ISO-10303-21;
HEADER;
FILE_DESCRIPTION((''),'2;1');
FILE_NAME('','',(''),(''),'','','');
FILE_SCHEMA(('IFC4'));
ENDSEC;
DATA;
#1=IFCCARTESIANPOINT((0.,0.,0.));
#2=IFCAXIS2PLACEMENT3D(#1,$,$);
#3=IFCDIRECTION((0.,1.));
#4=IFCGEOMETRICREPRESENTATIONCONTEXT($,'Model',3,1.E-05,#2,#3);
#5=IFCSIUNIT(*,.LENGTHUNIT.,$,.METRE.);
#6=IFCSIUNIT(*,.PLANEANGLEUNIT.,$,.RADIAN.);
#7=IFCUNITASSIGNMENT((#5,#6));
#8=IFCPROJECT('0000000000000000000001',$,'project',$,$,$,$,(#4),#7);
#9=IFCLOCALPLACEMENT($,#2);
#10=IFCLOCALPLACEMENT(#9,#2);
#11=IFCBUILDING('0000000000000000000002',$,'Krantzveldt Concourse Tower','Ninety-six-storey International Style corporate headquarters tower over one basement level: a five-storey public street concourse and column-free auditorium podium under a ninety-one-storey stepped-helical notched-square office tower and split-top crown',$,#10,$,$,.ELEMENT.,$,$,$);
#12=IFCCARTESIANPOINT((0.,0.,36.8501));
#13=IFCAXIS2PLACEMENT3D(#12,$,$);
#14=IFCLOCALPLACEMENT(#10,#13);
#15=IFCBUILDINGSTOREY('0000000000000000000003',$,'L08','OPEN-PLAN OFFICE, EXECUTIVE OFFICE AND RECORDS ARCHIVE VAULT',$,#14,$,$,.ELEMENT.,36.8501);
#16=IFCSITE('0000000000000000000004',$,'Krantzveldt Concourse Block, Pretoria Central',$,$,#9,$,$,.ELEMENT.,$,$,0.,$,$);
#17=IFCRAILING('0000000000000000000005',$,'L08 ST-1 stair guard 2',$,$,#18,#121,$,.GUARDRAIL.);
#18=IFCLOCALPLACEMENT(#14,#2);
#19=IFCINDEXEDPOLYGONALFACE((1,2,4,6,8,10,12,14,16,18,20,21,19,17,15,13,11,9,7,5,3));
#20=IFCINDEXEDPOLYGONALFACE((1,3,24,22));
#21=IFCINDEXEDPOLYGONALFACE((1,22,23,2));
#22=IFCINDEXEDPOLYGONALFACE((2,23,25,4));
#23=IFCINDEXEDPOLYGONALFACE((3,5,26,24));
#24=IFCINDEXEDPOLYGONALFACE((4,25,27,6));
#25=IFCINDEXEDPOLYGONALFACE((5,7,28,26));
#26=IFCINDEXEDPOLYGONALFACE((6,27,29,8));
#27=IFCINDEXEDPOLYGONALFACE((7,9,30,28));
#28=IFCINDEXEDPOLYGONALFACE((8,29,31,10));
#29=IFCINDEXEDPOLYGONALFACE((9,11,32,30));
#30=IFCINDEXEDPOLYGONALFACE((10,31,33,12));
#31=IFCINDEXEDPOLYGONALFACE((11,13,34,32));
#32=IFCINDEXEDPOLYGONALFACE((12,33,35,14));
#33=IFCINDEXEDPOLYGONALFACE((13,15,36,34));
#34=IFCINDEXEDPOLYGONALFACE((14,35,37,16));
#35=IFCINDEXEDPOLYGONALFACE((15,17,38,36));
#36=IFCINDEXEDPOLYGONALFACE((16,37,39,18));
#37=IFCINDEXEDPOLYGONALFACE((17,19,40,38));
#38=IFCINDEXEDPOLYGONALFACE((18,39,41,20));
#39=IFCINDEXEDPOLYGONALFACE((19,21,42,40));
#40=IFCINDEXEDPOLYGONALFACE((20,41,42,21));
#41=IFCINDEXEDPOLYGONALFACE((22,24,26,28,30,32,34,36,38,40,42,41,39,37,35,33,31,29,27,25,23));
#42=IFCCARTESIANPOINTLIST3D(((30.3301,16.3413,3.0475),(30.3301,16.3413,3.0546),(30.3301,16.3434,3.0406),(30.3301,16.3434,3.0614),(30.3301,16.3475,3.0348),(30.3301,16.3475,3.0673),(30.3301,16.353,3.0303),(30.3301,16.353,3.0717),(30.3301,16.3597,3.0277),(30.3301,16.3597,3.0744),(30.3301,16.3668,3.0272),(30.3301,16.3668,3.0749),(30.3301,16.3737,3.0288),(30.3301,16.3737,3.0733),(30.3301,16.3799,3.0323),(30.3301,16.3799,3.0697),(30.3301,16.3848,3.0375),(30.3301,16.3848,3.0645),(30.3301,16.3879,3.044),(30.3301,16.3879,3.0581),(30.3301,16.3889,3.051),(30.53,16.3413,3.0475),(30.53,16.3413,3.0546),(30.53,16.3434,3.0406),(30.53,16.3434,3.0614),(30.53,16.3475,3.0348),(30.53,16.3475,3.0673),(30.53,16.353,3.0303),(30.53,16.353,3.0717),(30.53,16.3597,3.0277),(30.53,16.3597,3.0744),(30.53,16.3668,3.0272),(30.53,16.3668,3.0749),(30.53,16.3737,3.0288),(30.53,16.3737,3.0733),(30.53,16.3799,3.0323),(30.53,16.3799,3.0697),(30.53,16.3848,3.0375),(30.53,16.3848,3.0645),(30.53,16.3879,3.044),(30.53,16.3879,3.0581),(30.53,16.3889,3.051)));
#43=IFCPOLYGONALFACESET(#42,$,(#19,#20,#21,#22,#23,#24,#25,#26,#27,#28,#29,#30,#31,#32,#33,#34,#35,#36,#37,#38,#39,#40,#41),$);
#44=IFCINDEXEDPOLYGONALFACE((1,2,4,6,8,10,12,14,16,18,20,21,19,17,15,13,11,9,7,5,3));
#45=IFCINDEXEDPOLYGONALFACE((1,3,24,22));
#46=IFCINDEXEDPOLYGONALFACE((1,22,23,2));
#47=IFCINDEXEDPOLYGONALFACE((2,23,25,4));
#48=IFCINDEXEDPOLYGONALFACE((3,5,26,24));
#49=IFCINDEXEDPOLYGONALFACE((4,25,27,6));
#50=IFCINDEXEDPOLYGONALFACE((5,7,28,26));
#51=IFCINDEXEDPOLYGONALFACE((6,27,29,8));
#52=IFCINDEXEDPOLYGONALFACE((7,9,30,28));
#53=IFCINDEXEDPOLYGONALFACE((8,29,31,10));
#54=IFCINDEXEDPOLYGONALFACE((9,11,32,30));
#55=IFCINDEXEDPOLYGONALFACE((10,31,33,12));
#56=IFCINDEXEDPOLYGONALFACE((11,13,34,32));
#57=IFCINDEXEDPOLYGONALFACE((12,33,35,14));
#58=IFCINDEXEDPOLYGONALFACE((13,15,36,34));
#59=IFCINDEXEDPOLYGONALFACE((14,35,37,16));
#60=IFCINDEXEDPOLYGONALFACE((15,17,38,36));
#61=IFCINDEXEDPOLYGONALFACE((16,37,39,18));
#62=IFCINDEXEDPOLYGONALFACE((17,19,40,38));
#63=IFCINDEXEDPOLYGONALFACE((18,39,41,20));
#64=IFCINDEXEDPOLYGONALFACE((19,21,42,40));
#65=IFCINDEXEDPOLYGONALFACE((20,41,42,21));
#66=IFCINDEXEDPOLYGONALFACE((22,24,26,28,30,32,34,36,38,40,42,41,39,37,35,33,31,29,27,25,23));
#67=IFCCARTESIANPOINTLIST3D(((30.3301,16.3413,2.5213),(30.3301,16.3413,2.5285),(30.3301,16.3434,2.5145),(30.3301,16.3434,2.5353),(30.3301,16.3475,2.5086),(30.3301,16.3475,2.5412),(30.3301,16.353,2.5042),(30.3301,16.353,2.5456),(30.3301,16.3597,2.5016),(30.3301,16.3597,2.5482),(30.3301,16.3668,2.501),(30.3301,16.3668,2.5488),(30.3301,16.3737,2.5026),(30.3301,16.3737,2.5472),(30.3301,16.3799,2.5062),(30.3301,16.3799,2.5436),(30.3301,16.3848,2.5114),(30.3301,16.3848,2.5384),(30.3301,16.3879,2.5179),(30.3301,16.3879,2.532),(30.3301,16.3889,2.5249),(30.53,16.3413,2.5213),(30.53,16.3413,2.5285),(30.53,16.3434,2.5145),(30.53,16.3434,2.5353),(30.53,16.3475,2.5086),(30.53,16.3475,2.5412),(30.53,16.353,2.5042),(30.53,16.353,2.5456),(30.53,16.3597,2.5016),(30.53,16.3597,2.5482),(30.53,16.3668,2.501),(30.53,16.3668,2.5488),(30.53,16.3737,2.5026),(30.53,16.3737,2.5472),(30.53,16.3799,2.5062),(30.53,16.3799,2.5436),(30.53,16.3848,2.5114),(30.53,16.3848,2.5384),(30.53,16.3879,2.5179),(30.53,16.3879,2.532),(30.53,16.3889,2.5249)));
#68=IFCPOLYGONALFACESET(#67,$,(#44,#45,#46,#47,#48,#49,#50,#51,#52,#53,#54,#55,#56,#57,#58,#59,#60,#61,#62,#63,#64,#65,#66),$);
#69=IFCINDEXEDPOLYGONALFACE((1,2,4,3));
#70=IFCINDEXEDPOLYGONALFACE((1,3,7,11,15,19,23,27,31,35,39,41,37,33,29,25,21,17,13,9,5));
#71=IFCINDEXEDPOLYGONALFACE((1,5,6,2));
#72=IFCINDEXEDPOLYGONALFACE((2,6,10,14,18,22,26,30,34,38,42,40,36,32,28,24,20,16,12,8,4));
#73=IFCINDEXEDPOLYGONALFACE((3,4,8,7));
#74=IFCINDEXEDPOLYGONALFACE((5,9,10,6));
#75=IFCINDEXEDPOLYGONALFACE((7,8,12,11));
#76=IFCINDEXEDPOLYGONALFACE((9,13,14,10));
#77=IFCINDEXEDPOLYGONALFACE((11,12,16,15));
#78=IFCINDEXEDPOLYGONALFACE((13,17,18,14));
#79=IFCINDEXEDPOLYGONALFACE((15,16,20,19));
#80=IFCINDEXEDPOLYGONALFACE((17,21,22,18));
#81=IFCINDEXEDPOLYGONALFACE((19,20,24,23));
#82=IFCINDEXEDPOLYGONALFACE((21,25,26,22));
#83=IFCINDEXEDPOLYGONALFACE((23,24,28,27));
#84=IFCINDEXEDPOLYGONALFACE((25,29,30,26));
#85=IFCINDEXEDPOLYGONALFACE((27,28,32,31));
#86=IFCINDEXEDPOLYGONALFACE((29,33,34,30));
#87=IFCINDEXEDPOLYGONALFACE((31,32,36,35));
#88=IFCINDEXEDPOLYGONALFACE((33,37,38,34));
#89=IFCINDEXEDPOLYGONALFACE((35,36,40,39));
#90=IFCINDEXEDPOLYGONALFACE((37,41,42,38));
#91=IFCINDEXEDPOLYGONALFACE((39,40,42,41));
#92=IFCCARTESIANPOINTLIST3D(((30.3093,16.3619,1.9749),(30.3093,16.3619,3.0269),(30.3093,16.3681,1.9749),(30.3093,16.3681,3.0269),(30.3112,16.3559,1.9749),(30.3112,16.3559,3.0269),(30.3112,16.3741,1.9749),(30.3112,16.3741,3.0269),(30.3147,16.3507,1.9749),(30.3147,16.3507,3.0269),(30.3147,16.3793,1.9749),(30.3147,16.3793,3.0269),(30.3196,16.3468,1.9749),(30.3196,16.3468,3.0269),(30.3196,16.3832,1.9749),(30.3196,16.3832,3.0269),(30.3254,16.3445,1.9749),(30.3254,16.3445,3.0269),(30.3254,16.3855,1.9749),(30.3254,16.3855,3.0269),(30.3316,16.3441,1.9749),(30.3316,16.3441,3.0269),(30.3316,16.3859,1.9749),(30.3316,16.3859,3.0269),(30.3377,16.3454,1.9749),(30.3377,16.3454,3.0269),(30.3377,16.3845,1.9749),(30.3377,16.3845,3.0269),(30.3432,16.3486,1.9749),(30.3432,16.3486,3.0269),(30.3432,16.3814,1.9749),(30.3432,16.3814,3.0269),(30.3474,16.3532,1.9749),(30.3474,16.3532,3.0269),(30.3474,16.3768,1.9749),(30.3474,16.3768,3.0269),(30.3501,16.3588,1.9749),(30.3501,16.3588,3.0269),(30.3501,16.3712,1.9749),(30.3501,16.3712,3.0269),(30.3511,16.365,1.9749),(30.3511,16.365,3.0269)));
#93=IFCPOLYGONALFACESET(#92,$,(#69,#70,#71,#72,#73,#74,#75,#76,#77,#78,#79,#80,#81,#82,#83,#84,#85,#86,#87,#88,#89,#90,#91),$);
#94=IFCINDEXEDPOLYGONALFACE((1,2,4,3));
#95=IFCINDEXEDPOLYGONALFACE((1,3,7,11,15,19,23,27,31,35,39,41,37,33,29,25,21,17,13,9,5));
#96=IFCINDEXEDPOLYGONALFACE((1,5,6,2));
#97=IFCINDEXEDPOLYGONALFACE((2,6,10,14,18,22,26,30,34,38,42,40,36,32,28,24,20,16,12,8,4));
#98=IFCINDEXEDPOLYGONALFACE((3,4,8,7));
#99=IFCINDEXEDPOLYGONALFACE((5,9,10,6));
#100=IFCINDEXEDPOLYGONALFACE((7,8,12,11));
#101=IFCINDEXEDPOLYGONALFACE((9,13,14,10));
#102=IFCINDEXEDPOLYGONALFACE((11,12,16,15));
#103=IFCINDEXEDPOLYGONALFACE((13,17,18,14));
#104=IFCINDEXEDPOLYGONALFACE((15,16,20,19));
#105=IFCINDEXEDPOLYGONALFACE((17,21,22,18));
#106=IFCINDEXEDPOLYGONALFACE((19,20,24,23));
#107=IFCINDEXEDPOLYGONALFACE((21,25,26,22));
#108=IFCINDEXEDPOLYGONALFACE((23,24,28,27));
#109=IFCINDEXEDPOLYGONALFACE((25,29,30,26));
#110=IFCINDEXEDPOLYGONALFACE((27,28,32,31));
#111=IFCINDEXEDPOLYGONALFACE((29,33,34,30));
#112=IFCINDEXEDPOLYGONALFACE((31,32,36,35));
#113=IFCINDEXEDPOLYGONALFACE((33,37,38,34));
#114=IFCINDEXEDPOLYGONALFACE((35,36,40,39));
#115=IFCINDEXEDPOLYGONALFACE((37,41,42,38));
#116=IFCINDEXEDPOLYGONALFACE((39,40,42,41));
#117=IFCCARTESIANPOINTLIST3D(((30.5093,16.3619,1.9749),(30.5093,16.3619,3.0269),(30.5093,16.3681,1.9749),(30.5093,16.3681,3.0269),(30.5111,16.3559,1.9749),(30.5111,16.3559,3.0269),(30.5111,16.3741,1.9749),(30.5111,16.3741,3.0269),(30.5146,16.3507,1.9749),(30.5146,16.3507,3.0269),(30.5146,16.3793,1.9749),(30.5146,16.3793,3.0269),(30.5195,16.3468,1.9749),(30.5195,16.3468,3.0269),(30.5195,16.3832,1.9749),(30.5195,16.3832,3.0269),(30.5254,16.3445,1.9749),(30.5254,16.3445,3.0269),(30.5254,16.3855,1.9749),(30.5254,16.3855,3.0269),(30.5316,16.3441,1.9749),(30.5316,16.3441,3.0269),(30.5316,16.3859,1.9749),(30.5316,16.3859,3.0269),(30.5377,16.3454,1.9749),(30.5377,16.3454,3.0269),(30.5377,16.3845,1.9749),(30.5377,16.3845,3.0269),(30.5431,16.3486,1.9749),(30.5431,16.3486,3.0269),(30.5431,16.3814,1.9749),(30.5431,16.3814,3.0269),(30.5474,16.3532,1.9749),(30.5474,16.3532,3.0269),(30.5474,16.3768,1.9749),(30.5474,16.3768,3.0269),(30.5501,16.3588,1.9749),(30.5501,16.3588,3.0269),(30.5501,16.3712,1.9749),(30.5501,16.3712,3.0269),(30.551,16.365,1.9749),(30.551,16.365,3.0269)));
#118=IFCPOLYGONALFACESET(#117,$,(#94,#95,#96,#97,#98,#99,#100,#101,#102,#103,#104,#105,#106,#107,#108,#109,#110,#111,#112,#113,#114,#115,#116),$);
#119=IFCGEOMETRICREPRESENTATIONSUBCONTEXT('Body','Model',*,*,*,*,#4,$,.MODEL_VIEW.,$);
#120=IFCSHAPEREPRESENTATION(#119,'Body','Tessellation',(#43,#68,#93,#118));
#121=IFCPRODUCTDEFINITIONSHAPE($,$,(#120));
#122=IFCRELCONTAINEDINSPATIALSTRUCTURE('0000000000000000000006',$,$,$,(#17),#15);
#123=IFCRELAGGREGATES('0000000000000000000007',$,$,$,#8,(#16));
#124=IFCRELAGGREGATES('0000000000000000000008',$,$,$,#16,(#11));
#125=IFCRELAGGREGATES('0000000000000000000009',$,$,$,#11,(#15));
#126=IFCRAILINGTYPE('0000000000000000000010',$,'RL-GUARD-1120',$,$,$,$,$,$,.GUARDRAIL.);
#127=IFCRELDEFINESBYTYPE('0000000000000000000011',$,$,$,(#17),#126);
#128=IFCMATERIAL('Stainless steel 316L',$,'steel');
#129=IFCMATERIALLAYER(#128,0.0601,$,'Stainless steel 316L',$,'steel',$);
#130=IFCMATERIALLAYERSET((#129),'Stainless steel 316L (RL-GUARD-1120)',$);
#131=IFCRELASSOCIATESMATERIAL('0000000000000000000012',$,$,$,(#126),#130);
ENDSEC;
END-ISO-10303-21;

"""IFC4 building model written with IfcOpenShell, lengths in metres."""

from ifc_helpers import new_model, si_unit, direction, frame, origin, origin_2d, place, context, subcontext, project, spatial, circle, extrude, material, layer, layer_set, type_object, element, save


model = new_model("IFC4")

# Units and contexts
model_context = context("Model", 3, precision=1e-05, world=origin(), true_north=direction((0.0, 1.0)))
body_context = subcontext(model_context, "Body", "Model", "MODEL_VIEW")
ifc_project = project(units=[si_unit("LENGTHUNIT", "METRE"), si_unit("PLANEANGLEUNIT", "RADIAN")], contexts=[model_context])

# Site, building, storey
site_placement = place(None, origin())
site = spatial("IfcSite", under=ifc_project, at=site_placement, Name="Krantzveldt Concourse Block, Pretoria Central", CompositionType="ELEMENT", RefElevation=0.0)
building_placement = place(site_placement, origin())
building = spatial("IfcBuilding", under=site, at=building_placement, Name="Krantzveldt Concourse Tower", Description="Ninety-six-storey International Style corporate headquarters tower over one basement level: a five-storey public street concourse and column-free auditorium podium under a ninety-one-storey stepped-helical notched-square office tower and split-top crown", CompositionType="ELEMENT")
storey_placement = place(building_placement, frame((0.0, 0.0, 36.8501)))
storey = spatial("IfcBuildingStorey", under=building, at=storey_placement, Name="L08", Description="OPEN-PLAN OFFICE, EXECUTIVE OFFICE AND RECORDS ARCHIVE VAULT", CompositionType="ELEMENT", Elevation=36.8501)

# Railing
ifc_material_1 = material(Name="Stainless steel 316L", Category="steel")
ifc_layer_1 = layer(ifc_material_1, 0.0601, Name="Stainless steel 316L", Category="steel")
ifc_layer_set_1 = layer_set([ifc_layer_1], Name="Stainless steel 316L (RL-GUARD-1120)")
railing_type_1 = type_object("IfcRailingType", Name="RL-GUARD-1120", PredefinedType="GUARDRAIL", material=ifc_layer_set_1)
railing_1_placement = place(storey_placement, frame((30.3301, 16.365, 1.9749)))
element("IfcRailing", 1, at=railing_1_placement, inside=storey, type_object=railing_type_1, Name="L08 ST-1 stair guard 2", PredefinedType="GUARDRAIL", context=body_context, shape_type="SweptSolid", body=[
    extrude(circle(Radius=0.0239, at=origin_2d()), frame((0.0, 0.0, 1.0762), z_axis=(1.0, 0.0, 0.0), x_axis=(0.0, 1.0, 0.0)), (0.0, 0.0, 1.0), 0.2),
    extrude(circle(Radius=0.0239, at=origin_2d()), frame((0.0, 0.0, 0.55), z_axis=(1.0, 0.0, 0.0), x_axis=(0.0, 1.0, 0.0)), (0.0, 0.0, 1.0), 0.2),
    extrude(circle(Radius=0.021, at=origin_2d()), origin(), (0.0, 0.0, 1.0), 1.052),
    extrude(circle(Radius=0.021, at=origin_2d()), frame((0.2, 0.0, 0.0)), (0.0, 0.0, 1.0), 1.052),
])

save(model, "model.ifc")
